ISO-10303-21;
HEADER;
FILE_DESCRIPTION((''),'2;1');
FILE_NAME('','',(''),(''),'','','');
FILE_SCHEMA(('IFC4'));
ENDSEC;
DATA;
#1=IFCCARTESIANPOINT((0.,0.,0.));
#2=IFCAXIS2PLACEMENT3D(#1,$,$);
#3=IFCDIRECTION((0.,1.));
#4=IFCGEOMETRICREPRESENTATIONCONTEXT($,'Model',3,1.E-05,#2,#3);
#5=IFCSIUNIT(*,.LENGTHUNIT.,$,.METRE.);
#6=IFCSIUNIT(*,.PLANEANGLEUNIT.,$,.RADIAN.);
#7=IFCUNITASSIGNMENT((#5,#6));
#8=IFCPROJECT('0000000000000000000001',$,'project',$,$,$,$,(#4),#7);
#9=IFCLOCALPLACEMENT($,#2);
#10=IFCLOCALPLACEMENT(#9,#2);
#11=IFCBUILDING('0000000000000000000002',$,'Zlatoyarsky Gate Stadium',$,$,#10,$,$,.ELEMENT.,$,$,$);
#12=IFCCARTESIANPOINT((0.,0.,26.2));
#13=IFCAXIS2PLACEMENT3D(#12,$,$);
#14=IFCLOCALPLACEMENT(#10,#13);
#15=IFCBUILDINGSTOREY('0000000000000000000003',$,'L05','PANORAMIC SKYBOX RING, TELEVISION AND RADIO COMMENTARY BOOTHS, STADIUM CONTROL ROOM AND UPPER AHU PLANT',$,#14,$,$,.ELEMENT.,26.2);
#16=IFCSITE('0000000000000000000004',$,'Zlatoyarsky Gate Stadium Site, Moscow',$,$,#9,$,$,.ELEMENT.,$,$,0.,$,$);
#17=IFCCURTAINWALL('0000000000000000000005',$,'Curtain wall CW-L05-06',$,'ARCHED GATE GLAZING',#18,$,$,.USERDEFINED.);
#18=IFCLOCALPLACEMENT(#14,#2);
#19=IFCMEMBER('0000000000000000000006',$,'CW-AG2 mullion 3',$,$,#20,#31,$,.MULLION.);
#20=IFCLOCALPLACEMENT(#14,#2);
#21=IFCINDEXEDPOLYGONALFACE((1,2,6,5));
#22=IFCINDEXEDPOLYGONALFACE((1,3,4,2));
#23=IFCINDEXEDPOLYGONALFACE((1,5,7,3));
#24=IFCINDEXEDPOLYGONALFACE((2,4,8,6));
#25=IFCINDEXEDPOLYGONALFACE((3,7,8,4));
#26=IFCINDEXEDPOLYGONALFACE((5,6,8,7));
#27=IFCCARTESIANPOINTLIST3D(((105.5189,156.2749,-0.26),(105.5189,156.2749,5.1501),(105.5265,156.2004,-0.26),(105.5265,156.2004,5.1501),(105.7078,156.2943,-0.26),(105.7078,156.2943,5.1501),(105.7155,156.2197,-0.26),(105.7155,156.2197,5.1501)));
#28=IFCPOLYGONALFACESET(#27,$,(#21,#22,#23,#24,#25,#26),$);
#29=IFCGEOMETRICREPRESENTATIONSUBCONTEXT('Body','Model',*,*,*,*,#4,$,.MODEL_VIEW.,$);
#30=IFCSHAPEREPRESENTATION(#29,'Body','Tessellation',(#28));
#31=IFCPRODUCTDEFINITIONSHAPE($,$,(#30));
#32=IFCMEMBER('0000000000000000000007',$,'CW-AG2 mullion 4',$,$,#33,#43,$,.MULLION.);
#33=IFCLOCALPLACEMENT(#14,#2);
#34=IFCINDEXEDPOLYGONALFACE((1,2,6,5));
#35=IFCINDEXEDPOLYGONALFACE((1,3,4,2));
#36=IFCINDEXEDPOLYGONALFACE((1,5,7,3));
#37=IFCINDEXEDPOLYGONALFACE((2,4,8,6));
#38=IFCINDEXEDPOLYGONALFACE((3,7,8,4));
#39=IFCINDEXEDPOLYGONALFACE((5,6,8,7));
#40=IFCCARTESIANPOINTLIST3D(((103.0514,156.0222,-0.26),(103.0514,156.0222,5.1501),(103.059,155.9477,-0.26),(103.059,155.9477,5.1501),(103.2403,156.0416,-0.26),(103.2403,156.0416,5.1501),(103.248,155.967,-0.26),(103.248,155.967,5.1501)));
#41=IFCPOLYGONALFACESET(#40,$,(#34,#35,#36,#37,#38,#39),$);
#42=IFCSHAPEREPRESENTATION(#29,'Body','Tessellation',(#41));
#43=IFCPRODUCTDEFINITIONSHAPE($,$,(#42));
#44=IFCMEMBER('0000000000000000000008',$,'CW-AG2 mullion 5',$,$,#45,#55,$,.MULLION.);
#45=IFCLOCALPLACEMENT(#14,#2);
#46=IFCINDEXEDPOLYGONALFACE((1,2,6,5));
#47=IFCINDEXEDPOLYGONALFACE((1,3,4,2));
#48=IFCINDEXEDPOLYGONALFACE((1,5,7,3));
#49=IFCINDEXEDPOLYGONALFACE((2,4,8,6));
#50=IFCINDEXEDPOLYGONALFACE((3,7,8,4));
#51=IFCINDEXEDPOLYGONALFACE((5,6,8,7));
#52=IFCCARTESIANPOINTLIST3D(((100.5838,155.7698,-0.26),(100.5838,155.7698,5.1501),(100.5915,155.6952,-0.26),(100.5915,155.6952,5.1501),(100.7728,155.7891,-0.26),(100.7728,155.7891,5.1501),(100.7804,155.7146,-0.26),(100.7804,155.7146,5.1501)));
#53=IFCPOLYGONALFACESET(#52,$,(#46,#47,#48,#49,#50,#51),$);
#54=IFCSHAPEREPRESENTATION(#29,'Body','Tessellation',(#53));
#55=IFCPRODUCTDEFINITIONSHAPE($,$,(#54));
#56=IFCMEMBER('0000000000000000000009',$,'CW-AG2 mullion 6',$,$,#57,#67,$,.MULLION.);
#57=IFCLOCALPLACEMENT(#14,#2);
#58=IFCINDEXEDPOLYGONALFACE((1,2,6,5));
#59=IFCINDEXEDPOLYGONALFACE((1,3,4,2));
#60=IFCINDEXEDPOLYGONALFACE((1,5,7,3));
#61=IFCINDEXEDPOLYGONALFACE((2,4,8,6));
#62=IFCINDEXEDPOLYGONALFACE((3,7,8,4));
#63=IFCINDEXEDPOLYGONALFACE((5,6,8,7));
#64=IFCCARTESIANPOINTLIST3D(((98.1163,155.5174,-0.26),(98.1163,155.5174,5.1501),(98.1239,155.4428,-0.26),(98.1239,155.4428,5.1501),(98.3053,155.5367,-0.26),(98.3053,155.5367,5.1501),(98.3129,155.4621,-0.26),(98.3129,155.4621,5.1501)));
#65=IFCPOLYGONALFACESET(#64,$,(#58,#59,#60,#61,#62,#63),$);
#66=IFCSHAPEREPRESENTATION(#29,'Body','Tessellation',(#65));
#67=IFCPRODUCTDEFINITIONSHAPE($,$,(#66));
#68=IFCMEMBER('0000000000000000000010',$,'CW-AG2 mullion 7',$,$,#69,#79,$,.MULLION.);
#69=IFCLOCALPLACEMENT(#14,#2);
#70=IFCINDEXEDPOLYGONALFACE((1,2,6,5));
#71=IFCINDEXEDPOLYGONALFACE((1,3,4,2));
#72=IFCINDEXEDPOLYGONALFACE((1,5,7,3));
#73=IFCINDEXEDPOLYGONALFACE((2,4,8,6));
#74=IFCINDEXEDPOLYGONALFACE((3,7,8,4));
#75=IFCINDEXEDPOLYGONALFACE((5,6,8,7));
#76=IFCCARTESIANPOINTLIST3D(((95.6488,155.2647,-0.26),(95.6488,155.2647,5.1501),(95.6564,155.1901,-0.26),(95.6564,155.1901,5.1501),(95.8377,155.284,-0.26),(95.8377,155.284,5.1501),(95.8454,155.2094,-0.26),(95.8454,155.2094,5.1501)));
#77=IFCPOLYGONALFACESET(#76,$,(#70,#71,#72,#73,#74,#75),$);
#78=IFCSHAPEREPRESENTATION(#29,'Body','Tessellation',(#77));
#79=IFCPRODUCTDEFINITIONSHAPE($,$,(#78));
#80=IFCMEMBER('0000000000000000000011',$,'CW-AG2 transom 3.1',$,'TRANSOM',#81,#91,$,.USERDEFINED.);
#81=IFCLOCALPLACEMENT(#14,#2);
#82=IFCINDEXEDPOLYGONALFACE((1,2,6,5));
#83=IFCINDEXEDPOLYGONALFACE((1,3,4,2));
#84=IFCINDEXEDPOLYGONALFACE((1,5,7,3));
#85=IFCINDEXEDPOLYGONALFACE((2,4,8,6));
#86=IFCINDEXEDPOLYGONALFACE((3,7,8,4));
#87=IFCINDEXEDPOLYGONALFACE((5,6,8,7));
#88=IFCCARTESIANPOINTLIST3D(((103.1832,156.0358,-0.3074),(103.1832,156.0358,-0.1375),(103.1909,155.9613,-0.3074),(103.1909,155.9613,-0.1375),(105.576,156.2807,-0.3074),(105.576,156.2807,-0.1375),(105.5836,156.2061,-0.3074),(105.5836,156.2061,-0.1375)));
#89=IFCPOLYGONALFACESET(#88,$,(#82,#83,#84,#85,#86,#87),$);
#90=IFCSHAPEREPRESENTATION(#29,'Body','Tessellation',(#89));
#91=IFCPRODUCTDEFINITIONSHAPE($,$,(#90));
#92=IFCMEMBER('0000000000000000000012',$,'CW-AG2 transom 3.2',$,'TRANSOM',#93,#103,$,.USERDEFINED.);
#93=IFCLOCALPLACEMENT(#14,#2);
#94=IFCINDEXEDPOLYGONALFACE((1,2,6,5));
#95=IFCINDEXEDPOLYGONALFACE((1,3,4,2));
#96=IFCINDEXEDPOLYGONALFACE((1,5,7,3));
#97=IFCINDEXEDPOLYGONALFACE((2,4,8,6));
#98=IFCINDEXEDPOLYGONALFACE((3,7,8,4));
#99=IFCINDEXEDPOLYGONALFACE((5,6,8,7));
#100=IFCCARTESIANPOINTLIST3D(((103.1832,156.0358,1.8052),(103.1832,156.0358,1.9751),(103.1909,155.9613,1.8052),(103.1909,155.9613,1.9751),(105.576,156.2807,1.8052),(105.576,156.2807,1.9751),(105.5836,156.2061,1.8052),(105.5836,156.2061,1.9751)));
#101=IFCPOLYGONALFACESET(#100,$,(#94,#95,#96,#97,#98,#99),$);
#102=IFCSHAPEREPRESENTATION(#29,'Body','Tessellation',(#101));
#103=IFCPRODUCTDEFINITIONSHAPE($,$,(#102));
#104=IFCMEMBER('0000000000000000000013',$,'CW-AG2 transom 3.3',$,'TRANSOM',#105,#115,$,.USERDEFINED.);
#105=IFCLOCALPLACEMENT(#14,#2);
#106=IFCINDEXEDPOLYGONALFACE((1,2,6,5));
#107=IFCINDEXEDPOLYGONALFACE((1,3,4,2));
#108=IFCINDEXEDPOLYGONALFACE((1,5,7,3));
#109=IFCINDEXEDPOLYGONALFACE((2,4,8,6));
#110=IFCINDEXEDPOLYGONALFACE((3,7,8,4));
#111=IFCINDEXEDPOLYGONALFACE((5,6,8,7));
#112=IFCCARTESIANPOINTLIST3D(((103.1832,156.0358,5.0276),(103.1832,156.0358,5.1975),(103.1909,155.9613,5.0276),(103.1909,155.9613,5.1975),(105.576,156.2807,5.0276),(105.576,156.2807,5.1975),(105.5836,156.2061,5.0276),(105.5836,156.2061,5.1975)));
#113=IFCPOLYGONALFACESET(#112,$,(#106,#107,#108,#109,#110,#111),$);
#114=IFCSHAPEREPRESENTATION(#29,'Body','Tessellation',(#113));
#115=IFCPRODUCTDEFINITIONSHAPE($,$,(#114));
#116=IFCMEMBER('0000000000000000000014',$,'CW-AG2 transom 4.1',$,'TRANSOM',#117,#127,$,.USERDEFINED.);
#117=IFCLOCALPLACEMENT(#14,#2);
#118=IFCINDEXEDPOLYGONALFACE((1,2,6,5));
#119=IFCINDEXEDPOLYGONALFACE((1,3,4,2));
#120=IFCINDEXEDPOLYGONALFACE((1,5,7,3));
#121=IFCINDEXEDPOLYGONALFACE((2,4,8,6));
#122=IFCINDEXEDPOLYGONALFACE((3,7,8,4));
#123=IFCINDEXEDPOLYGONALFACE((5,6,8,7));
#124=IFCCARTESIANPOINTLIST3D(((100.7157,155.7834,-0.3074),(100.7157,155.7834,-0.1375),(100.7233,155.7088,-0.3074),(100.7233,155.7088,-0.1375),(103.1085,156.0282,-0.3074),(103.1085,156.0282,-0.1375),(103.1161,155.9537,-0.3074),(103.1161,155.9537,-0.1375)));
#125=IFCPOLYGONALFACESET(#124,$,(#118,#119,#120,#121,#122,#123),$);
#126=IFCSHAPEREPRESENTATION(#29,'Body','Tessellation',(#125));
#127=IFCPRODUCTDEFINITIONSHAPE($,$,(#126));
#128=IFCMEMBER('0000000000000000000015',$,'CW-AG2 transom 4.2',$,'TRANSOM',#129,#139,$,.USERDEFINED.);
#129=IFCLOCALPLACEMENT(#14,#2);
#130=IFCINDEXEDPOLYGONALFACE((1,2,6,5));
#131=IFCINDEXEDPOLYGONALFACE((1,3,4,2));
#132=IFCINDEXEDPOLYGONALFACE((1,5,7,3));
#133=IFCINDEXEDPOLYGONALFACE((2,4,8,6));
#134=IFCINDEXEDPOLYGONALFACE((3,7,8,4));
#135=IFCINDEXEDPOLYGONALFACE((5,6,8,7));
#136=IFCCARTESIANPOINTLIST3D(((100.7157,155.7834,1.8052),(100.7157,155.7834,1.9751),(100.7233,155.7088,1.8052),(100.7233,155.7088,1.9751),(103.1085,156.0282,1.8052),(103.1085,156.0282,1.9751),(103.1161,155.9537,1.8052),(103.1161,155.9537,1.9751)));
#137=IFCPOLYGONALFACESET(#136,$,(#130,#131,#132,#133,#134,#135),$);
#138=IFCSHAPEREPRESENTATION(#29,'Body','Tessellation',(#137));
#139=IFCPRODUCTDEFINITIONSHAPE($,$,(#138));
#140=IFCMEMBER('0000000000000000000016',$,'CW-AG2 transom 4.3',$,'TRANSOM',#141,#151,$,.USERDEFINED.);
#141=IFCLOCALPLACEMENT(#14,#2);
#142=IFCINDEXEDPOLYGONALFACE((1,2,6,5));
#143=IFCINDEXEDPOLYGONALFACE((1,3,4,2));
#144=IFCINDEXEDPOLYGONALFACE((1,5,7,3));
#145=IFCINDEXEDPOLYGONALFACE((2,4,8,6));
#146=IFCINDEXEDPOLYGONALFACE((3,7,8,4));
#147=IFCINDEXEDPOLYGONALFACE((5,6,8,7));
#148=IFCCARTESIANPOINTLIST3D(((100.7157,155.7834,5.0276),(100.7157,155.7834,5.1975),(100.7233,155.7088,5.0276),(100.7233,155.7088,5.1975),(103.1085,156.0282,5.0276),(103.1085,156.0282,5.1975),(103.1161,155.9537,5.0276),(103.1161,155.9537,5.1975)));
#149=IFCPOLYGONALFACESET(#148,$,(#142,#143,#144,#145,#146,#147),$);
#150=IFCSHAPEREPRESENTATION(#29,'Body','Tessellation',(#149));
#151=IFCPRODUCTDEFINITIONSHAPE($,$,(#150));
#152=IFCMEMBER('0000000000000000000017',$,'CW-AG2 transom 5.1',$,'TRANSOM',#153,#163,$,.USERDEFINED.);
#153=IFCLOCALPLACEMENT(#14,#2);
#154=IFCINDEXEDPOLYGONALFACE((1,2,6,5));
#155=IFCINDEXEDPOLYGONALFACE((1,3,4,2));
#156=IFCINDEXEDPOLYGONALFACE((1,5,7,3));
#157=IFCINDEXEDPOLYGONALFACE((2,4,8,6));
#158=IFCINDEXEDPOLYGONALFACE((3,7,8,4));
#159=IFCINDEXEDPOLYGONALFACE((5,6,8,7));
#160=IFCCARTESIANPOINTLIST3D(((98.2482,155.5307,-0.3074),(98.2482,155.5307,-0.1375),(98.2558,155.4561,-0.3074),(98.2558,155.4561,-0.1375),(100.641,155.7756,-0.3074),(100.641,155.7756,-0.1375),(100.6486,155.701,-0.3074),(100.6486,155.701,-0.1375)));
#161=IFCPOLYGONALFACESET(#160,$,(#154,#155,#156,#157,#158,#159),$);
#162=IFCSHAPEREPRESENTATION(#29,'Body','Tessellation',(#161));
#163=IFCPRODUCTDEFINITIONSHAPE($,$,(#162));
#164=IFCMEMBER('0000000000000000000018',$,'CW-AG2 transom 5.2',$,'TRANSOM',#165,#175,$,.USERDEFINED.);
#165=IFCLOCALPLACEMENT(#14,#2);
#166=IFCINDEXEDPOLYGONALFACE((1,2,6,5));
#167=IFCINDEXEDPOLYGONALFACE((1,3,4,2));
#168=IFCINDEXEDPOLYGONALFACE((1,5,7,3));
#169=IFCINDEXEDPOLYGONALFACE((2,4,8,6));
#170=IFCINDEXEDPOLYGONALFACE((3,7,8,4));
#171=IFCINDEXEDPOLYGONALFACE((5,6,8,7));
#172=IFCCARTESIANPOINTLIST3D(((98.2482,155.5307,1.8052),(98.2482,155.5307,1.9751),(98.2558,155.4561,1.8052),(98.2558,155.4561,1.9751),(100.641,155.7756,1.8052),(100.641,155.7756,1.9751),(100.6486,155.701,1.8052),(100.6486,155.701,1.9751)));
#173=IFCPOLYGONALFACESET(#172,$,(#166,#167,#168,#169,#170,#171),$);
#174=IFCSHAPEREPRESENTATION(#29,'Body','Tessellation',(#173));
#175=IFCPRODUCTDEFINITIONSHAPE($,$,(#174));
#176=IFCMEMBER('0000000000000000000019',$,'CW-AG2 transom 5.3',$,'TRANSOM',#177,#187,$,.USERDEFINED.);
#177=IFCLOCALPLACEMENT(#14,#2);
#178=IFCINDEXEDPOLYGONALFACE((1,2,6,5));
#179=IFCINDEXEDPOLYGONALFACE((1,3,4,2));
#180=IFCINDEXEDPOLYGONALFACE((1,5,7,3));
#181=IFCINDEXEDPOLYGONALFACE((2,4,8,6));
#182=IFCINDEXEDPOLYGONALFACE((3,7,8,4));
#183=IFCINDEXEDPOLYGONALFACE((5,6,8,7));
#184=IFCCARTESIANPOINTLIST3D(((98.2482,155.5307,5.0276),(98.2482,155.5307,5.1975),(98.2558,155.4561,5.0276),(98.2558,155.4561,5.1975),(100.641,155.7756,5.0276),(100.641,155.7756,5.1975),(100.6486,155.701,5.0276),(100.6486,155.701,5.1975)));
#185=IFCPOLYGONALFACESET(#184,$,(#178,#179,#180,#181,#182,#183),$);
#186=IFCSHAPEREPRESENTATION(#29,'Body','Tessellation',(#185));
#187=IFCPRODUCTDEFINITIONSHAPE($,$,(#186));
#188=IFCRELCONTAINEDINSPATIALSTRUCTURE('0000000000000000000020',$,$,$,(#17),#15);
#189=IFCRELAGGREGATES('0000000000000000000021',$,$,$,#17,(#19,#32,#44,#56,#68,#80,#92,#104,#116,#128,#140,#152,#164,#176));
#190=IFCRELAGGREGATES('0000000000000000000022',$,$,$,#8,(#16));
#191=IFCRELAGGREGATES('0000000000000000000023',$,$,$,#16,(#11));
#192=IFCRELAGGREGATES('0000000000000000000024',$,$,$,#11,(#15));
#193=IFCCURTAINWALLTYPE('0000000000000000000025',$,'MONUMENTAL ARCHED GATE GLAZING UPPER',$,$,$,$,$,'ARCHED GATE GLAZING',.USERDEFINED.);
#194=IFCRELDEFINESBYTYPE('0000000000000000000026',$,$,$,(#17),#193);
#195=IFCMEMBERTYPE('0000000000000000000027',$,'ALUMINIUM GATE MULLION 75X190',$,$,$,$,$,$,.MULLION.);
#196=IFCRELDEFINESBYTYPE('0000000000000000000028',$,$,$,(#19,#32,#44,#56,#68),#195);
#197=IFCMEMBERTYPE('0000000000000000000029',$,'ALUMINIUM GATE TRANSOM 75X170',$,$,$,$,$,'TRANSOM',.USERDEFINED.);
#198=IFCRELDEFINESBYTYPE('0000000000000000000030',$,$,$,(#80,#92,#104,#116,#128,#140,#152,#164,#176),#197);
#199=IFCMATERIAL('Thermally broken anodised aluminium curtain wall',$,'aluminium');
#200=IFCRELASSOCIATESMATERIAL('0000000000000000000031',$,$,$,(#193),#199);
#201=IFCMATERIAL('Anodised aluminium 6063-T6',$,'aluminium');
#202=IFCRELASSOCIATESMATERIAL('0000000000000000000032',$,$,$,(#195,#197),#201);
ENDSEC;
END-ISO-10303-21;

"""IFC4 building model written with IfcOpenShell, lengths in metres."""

from ifc_helpers import new_model, si_unit, direction, frame, origin, origin_2d, place, context, subcontext, project, spatial, rectangle, extrude, material, material_profile, profile_set, type_object, element, aggregate, save


model = new_model("IFC4")

# Units and contexts
model_context = context("Model", 3, precision=1e-05, world=origin(), true_north=direction((0.0, 1.0)))
body_context = subcontext(model_context, "Body", "Model", "MODEL_VIEW")
ifc_project = project(units=[si_unit("LENGTHUNIT", "METRE"), si_unit("PLANEANGLEUNIT", "RADIAN")], contexts=[model_context])

# Site, building, storey
site_placement = place(None, origin())
site = spatial("IfcSite", under=ifc_project, at=site_placement, Name="Zlatoyarsky Gate Stadium Site, Moscow", CompositionType="ELEMENT", RefElevation=0.0)
building_placement = place(site_placement, origin())
building = spatial("IfcBuilding", under=site, at=building_placement, Name="Zlatoyarsky Gate Stadium", CompositionType="ELEMENT")
storey_placement = place(building_placement, frame((0.0, 0.0, 26.2)))
storey = spatial("IfcBuildingStorey", under=building, at=storey_placement, Name="L05", Description="PANORAMIC SKYBOX RING, TELEVISION AND RADIO COMMENTARY BOOTHS, STADIUM CONTROL ROOM AND UPPER AHU PLANT", CompositionType="ELEMENT", Elevation=26.2)

# Curtain wall, members
ifc_material_1 = material(Name="Thermally broken anodised aluminium curtain wall", Category="aluminium")
curtain_wall_type = type_object("IfcCurtainWallType", Name="MONUMENTAL ARCHED GATE GLAZING UPPER", ElementType="ARCHED GATE GLAZING", PredefinedType="USERDEFINED", material=ifc_material_1)
curtain_wall_placement = place(storey_placement, origin())
curtain_wall = element("IfcCurtainWall", 1, at=curtain_wall_placement, inside=storey, type_object=curtain_wall_type, Name="Curtain wall CW-L05-06", ObjectType="ARCHED GATE GLAZING", PredefinedType="USERDEFINED")
ifc_material_2 = material(Name="Anodised aluminium 6063-T6", Category="aluminium")
ifc_material_profile_1 = material_profile(ifc_material_2, rectangle(XDim=0.075, YDim=0.1899, at=origin_2d()), Name="ALU 75X190")
ifc_profile_set_1 = profile_set([ifc_material_profile_1], Name="Anodised aluminium 6063-T6")
member_type_1 = type_object("IfcMemberType", Name="ALUMINIUM GATE MULLION 75X190", PredefinedType="MULLION", material=ifc_profile_set_1)
member_1_placement = place(storey_placement, frame((105.6172, 156.2473, -0.26), z_axis=(0.0, 0.0, 1.0), x_axis=(0.101805, -0.994804, 0.0)))
member_1 = element("IfcMember", 2, at=member_1_placement, type_object=member_type_1, Name="CW-AG2 mullion 3", PredefinedType="MULLION", context=body_context, shape_type="SweptSolid", body=[
    extrude(rectangle(XDim=0.075, YDim=0.1899, at=origin_2d()), origin(), (0.0, 0.0, 1.0), 5.4102),
])
member_2_placement = place(storey_placement, frame((103.1497, 155.9946, -0.26), z_axis=(0.0, 0.0, 1.0), x_axis=(0.101805, -0.994804, 0.0)))
member_2 = element("IfcMember", 3, at=member_2_placement, type_object=member_type_1, Name="CW-AG2 mullion 4", PredefinedType="MULLION", context=body_context, shape_type="SweptSolid", body=[
    extrude(rectangle(XDim=0.075, YDim=0.1899, at=origin_2d()), origin(), (0.0, 0.0, 1.0), 5.4102),
])
member_3_placement = place(storey_placement, frame((100.6821, 155.7422, -0.26), z_axis=(0.0, 0.0, 1.0), x_axis=(0.101805, -0.994804, 0.0)))
member_3 = element("IfcMember", 4, at=member_3_placement, type_object=member_type_1, Name="CW-AG2 mullion 5", PredefinedType="MULLION", context=body_context, shape_type="SweptSolid", body=[
    extrude(rectangle(XDim=0.075, YDim=0.1899, at=origin_2d()), origin(), (0.0, 0.0, 1.0), 5.4102),
])
member_4_placement = place(storey_placement, frame((98.2146, 155.4897, -0.26), z_axis=(0.0, 0.0, 1.0), x_axis=(0.101805, -0.994804, 0.0)))
member_4 = element("IfcMember", 5, at=member_4_placement, type_object=member_type_1, Name="CW-AG2 mullion 6", PredefinedType="MULLION", context=body_context, shape_type="SweptSolid", body=[
    extrude(rectangle(XDim=0.075, YDim=0.1899, at=origin_2d()), origin(), (0.0, 0.0, 1.0), 5.4102),
])
member_5_placement = place(storey_placement, frame((95.7471, 155.2371, -0.26), z_axis=(0.0, 0.0, 1.0), x_axis=(0.101805, -0.994804, 0.0)))
member_5 = element("IfcMember", 6, at=member_5_placement, type_object=member_type_1, Name="CW-AG2 mullion 7", PredefinedType="MULLION", context=body_context, shape_type="SweptSolid", body=[
    extrude(rectangle(XDim=0.075, YDim=0.1899, at=origin_2d()), origin(), (0.0, 0.0, 1.0), 5.4102),
])
ifc_material_profile_2 = material_profile(ifc_material_2, rectangle(XDim=0.075, YDim=0.1699, at=origin_2d()), Name="ALU 75X170")
ifc_profile_set_2 = profile_set([ifc_material_profile_2], Name="Anodised aluminium 6063-T6")
member_type_2 = type_object("IfcMemberType", Name="ALUMINIUM GATE TRANSOM 75X170", ElementType="TRANSOM", PredefinedType="USERDEFINED", material=ifc_profile_set_2)
member_6_placement = place(storey_placement, frame((105.5798, 156.2434, -0.2224), z_axis=(-0.994804, -0.101805, 0.0), x_axis=(0.101805, -0.994804, 0.0)))
member_6 = element("IfcMember", 7, at=member_6_placement, type_object=member_type_2, Name="CW-AG2 transom 3.1", ObjectType="TRANSOM", PredefinedType="USERDEFINED", context=body_context, shape_type="SweptSolid", body=[
    extrude(rectangle(XDim=0.075, YDim=0.1699, at=origin_2d()), origin(), (0.0, 0.0, 1.0), 2.4053),
])
member_7_placement = place(storey_placement, frame((105.5798, 156.2434, 1.8901), z_axis=(-0.994804, -0.101805, 0.0), x_axis=(0.101805, -0.994804, 0.0)))
member_7 = element("IfcMember", 8, at=member_7_placement, type_object=member_type_2, Name="CW-AG2 transom 3.2", ObjectType="TRANSOM", PredefinedType="USERDEFINED", context=body_context, shape_type="SweptSolid", body=[
    extrude(rectangle(XDim=0.075, YDim=0.1699, at=origin_2d()), origin(), (0.0, 0.0, 1.0), 2.4053),
])
member_8_placement = place(storey_placement, frame((105.5798, 156.2434, 5.1125), z_axis=(-0.994804, -0.101805, 0.0), x_axis=(0.101805, -0.994804, 0.0)))
member_8 = element("IfcMember", 9, at=member_8_placement, type_object=member_type_2, Name="CW-AG2 transom 3.3", ObjectType="TRANSOM", PredefinedType="USERDEFINED", context=body_context, shape_type="SweptSolid", body=[
    extrude(rectangle(XDim=0.075, YDim=0.1699, at=origin_2d()), origin(), (0.0, 0.0, 1.0), 2.4053),
])
member_9_placement = place(storey_placement, frame((103.1123, 155.991, -0.2224), z_axis=(-0.994804, -0.101805, 0.0), x_axis=(0.101805, -0.994804, 0.0)))
member_9 = element("IfcMember", 10, at=member_9_placement, type_object=member_type_2, Name="CW-AG2 transom 4.1", ObjectType="TRANSOM", PredefinedType="USERDEFINED", context=body_context, shape_type="SweptSolid", body=[
    extrude(rectangle(XDim=0.075, YDim=0.1699, at=origin_2d()), origin(), (0.0, 0.0, 1.0), 2.4053),
])
member_10_placement = place(storey_placement, frame((103.1123, 155.991, 1.8901), z_axis=(-0.994804, -0.101805, 0.0), x_axis=(0.101805, -0.994804, 0.0)))
member_10 = element("IfcMember", 11, at=member_10_placement, type_object=member_type_2, Name="CW-AG2 transom 4.2", ObjectType="TRANSOM", PredefinedType="USERDEFINED", context=body_context, shape_type="SweptSolid", body=[
    extrude(rectangle(XDim=0.075, YDim=0.1699, at=origin_2d()), origin(), (0.0, 0.0, 1.0), 2.4053),
])
member_11_placement = place(storey_placement, frame((103.1123, 155.991, 5.1125), z_axis=(-0.994804, -0.101805, 0.0), x_axis=(0.101805, -0.994804, 0.0)))
member_11 = element("IfcMember", 12, at=member_11_placement, type_object=member_type_2, Name="CW-AG2 transom 4.3", ObjectType="TRANSOM", PredefinedType="USERDEFINED", context=body_context, shape_type="SweptSolid", body=[
    extrude(rectangle(XDim=0.075, YDim=0.1699, at=origin_2d()), origin(), (0.0, 0.0, 1.0), 2.4053),
])
member_12_placement = place(storey_placement, frame((100.6448, 155.7383, -0.2224), z_axis=(-0.994804, -0.101805, 0.0), x_axis=(0.101805, -0.994804, 0.0)))
member_12 = element("IfcMember", 13, at=member_12_placement, type_object=member_type_2, Name="CW-AG2 transom 5.1", ObjectType="TRANSOM", PredefinedType="USERDEFINED", context=body_context, shape_type="SweptSolid", body=[
    extrude(rectangle(XDim=0.075, YDim=0.1699, at=origin_2d()), origin(), (0.0, 0.0, 1.0), 2.4053),
])
member_13_placement = place(storey_placement, frame((100.6448, 155.7383, 1.8901), z_axis=(-0.994804, -0.101805, 0.0), x_axis=(0.101805, -0.994804, 0.0)))
member_13 = element("IfcMember", 14, at=member_13_placement, type_object=member_type_2, Name="CW-AG2 transom 5.2", ObjectType="TRANSOM", PredefinedType="USERDEFINED", context=body_context, shape_type="SweptSolid", body=[
    extrude(rectangle(XDim=0.075, YDim=0.1699, at=origin_2d()), origin(), (0.0, 0.0, 1.0), 2.4053),
])
member_14_placement = place(storey_placement, frame((100.6448, 155.7383, 5.1125), z_axis=(-0.994804, -0.101805, 0.0), x_axis=(0.101805, -0.994804, 0.0)))
member_14 = element("IfcMember", 15, at=member_14_placement, type_object=member_type_2, Name="CW-AG2 transom 5.3", ObjectType="TRANSOM", PredefinedType="USERDEFINED", context=body_context, shape_type="SweptSolid", body=[
    extrude(rectangle(XDim=0.075, YDim=0.1699, at=origin_2d()), origin(), (0.0, 0.0, 1.0), 2.4053),
])
aggregate(curtain_wall, [member_1, member_2, member_3, member_4, member_5, member_6, member_7, member_8, member_9, member_10, member_11, member_12, member_13, member_14])

save(model, "model.ifc")
